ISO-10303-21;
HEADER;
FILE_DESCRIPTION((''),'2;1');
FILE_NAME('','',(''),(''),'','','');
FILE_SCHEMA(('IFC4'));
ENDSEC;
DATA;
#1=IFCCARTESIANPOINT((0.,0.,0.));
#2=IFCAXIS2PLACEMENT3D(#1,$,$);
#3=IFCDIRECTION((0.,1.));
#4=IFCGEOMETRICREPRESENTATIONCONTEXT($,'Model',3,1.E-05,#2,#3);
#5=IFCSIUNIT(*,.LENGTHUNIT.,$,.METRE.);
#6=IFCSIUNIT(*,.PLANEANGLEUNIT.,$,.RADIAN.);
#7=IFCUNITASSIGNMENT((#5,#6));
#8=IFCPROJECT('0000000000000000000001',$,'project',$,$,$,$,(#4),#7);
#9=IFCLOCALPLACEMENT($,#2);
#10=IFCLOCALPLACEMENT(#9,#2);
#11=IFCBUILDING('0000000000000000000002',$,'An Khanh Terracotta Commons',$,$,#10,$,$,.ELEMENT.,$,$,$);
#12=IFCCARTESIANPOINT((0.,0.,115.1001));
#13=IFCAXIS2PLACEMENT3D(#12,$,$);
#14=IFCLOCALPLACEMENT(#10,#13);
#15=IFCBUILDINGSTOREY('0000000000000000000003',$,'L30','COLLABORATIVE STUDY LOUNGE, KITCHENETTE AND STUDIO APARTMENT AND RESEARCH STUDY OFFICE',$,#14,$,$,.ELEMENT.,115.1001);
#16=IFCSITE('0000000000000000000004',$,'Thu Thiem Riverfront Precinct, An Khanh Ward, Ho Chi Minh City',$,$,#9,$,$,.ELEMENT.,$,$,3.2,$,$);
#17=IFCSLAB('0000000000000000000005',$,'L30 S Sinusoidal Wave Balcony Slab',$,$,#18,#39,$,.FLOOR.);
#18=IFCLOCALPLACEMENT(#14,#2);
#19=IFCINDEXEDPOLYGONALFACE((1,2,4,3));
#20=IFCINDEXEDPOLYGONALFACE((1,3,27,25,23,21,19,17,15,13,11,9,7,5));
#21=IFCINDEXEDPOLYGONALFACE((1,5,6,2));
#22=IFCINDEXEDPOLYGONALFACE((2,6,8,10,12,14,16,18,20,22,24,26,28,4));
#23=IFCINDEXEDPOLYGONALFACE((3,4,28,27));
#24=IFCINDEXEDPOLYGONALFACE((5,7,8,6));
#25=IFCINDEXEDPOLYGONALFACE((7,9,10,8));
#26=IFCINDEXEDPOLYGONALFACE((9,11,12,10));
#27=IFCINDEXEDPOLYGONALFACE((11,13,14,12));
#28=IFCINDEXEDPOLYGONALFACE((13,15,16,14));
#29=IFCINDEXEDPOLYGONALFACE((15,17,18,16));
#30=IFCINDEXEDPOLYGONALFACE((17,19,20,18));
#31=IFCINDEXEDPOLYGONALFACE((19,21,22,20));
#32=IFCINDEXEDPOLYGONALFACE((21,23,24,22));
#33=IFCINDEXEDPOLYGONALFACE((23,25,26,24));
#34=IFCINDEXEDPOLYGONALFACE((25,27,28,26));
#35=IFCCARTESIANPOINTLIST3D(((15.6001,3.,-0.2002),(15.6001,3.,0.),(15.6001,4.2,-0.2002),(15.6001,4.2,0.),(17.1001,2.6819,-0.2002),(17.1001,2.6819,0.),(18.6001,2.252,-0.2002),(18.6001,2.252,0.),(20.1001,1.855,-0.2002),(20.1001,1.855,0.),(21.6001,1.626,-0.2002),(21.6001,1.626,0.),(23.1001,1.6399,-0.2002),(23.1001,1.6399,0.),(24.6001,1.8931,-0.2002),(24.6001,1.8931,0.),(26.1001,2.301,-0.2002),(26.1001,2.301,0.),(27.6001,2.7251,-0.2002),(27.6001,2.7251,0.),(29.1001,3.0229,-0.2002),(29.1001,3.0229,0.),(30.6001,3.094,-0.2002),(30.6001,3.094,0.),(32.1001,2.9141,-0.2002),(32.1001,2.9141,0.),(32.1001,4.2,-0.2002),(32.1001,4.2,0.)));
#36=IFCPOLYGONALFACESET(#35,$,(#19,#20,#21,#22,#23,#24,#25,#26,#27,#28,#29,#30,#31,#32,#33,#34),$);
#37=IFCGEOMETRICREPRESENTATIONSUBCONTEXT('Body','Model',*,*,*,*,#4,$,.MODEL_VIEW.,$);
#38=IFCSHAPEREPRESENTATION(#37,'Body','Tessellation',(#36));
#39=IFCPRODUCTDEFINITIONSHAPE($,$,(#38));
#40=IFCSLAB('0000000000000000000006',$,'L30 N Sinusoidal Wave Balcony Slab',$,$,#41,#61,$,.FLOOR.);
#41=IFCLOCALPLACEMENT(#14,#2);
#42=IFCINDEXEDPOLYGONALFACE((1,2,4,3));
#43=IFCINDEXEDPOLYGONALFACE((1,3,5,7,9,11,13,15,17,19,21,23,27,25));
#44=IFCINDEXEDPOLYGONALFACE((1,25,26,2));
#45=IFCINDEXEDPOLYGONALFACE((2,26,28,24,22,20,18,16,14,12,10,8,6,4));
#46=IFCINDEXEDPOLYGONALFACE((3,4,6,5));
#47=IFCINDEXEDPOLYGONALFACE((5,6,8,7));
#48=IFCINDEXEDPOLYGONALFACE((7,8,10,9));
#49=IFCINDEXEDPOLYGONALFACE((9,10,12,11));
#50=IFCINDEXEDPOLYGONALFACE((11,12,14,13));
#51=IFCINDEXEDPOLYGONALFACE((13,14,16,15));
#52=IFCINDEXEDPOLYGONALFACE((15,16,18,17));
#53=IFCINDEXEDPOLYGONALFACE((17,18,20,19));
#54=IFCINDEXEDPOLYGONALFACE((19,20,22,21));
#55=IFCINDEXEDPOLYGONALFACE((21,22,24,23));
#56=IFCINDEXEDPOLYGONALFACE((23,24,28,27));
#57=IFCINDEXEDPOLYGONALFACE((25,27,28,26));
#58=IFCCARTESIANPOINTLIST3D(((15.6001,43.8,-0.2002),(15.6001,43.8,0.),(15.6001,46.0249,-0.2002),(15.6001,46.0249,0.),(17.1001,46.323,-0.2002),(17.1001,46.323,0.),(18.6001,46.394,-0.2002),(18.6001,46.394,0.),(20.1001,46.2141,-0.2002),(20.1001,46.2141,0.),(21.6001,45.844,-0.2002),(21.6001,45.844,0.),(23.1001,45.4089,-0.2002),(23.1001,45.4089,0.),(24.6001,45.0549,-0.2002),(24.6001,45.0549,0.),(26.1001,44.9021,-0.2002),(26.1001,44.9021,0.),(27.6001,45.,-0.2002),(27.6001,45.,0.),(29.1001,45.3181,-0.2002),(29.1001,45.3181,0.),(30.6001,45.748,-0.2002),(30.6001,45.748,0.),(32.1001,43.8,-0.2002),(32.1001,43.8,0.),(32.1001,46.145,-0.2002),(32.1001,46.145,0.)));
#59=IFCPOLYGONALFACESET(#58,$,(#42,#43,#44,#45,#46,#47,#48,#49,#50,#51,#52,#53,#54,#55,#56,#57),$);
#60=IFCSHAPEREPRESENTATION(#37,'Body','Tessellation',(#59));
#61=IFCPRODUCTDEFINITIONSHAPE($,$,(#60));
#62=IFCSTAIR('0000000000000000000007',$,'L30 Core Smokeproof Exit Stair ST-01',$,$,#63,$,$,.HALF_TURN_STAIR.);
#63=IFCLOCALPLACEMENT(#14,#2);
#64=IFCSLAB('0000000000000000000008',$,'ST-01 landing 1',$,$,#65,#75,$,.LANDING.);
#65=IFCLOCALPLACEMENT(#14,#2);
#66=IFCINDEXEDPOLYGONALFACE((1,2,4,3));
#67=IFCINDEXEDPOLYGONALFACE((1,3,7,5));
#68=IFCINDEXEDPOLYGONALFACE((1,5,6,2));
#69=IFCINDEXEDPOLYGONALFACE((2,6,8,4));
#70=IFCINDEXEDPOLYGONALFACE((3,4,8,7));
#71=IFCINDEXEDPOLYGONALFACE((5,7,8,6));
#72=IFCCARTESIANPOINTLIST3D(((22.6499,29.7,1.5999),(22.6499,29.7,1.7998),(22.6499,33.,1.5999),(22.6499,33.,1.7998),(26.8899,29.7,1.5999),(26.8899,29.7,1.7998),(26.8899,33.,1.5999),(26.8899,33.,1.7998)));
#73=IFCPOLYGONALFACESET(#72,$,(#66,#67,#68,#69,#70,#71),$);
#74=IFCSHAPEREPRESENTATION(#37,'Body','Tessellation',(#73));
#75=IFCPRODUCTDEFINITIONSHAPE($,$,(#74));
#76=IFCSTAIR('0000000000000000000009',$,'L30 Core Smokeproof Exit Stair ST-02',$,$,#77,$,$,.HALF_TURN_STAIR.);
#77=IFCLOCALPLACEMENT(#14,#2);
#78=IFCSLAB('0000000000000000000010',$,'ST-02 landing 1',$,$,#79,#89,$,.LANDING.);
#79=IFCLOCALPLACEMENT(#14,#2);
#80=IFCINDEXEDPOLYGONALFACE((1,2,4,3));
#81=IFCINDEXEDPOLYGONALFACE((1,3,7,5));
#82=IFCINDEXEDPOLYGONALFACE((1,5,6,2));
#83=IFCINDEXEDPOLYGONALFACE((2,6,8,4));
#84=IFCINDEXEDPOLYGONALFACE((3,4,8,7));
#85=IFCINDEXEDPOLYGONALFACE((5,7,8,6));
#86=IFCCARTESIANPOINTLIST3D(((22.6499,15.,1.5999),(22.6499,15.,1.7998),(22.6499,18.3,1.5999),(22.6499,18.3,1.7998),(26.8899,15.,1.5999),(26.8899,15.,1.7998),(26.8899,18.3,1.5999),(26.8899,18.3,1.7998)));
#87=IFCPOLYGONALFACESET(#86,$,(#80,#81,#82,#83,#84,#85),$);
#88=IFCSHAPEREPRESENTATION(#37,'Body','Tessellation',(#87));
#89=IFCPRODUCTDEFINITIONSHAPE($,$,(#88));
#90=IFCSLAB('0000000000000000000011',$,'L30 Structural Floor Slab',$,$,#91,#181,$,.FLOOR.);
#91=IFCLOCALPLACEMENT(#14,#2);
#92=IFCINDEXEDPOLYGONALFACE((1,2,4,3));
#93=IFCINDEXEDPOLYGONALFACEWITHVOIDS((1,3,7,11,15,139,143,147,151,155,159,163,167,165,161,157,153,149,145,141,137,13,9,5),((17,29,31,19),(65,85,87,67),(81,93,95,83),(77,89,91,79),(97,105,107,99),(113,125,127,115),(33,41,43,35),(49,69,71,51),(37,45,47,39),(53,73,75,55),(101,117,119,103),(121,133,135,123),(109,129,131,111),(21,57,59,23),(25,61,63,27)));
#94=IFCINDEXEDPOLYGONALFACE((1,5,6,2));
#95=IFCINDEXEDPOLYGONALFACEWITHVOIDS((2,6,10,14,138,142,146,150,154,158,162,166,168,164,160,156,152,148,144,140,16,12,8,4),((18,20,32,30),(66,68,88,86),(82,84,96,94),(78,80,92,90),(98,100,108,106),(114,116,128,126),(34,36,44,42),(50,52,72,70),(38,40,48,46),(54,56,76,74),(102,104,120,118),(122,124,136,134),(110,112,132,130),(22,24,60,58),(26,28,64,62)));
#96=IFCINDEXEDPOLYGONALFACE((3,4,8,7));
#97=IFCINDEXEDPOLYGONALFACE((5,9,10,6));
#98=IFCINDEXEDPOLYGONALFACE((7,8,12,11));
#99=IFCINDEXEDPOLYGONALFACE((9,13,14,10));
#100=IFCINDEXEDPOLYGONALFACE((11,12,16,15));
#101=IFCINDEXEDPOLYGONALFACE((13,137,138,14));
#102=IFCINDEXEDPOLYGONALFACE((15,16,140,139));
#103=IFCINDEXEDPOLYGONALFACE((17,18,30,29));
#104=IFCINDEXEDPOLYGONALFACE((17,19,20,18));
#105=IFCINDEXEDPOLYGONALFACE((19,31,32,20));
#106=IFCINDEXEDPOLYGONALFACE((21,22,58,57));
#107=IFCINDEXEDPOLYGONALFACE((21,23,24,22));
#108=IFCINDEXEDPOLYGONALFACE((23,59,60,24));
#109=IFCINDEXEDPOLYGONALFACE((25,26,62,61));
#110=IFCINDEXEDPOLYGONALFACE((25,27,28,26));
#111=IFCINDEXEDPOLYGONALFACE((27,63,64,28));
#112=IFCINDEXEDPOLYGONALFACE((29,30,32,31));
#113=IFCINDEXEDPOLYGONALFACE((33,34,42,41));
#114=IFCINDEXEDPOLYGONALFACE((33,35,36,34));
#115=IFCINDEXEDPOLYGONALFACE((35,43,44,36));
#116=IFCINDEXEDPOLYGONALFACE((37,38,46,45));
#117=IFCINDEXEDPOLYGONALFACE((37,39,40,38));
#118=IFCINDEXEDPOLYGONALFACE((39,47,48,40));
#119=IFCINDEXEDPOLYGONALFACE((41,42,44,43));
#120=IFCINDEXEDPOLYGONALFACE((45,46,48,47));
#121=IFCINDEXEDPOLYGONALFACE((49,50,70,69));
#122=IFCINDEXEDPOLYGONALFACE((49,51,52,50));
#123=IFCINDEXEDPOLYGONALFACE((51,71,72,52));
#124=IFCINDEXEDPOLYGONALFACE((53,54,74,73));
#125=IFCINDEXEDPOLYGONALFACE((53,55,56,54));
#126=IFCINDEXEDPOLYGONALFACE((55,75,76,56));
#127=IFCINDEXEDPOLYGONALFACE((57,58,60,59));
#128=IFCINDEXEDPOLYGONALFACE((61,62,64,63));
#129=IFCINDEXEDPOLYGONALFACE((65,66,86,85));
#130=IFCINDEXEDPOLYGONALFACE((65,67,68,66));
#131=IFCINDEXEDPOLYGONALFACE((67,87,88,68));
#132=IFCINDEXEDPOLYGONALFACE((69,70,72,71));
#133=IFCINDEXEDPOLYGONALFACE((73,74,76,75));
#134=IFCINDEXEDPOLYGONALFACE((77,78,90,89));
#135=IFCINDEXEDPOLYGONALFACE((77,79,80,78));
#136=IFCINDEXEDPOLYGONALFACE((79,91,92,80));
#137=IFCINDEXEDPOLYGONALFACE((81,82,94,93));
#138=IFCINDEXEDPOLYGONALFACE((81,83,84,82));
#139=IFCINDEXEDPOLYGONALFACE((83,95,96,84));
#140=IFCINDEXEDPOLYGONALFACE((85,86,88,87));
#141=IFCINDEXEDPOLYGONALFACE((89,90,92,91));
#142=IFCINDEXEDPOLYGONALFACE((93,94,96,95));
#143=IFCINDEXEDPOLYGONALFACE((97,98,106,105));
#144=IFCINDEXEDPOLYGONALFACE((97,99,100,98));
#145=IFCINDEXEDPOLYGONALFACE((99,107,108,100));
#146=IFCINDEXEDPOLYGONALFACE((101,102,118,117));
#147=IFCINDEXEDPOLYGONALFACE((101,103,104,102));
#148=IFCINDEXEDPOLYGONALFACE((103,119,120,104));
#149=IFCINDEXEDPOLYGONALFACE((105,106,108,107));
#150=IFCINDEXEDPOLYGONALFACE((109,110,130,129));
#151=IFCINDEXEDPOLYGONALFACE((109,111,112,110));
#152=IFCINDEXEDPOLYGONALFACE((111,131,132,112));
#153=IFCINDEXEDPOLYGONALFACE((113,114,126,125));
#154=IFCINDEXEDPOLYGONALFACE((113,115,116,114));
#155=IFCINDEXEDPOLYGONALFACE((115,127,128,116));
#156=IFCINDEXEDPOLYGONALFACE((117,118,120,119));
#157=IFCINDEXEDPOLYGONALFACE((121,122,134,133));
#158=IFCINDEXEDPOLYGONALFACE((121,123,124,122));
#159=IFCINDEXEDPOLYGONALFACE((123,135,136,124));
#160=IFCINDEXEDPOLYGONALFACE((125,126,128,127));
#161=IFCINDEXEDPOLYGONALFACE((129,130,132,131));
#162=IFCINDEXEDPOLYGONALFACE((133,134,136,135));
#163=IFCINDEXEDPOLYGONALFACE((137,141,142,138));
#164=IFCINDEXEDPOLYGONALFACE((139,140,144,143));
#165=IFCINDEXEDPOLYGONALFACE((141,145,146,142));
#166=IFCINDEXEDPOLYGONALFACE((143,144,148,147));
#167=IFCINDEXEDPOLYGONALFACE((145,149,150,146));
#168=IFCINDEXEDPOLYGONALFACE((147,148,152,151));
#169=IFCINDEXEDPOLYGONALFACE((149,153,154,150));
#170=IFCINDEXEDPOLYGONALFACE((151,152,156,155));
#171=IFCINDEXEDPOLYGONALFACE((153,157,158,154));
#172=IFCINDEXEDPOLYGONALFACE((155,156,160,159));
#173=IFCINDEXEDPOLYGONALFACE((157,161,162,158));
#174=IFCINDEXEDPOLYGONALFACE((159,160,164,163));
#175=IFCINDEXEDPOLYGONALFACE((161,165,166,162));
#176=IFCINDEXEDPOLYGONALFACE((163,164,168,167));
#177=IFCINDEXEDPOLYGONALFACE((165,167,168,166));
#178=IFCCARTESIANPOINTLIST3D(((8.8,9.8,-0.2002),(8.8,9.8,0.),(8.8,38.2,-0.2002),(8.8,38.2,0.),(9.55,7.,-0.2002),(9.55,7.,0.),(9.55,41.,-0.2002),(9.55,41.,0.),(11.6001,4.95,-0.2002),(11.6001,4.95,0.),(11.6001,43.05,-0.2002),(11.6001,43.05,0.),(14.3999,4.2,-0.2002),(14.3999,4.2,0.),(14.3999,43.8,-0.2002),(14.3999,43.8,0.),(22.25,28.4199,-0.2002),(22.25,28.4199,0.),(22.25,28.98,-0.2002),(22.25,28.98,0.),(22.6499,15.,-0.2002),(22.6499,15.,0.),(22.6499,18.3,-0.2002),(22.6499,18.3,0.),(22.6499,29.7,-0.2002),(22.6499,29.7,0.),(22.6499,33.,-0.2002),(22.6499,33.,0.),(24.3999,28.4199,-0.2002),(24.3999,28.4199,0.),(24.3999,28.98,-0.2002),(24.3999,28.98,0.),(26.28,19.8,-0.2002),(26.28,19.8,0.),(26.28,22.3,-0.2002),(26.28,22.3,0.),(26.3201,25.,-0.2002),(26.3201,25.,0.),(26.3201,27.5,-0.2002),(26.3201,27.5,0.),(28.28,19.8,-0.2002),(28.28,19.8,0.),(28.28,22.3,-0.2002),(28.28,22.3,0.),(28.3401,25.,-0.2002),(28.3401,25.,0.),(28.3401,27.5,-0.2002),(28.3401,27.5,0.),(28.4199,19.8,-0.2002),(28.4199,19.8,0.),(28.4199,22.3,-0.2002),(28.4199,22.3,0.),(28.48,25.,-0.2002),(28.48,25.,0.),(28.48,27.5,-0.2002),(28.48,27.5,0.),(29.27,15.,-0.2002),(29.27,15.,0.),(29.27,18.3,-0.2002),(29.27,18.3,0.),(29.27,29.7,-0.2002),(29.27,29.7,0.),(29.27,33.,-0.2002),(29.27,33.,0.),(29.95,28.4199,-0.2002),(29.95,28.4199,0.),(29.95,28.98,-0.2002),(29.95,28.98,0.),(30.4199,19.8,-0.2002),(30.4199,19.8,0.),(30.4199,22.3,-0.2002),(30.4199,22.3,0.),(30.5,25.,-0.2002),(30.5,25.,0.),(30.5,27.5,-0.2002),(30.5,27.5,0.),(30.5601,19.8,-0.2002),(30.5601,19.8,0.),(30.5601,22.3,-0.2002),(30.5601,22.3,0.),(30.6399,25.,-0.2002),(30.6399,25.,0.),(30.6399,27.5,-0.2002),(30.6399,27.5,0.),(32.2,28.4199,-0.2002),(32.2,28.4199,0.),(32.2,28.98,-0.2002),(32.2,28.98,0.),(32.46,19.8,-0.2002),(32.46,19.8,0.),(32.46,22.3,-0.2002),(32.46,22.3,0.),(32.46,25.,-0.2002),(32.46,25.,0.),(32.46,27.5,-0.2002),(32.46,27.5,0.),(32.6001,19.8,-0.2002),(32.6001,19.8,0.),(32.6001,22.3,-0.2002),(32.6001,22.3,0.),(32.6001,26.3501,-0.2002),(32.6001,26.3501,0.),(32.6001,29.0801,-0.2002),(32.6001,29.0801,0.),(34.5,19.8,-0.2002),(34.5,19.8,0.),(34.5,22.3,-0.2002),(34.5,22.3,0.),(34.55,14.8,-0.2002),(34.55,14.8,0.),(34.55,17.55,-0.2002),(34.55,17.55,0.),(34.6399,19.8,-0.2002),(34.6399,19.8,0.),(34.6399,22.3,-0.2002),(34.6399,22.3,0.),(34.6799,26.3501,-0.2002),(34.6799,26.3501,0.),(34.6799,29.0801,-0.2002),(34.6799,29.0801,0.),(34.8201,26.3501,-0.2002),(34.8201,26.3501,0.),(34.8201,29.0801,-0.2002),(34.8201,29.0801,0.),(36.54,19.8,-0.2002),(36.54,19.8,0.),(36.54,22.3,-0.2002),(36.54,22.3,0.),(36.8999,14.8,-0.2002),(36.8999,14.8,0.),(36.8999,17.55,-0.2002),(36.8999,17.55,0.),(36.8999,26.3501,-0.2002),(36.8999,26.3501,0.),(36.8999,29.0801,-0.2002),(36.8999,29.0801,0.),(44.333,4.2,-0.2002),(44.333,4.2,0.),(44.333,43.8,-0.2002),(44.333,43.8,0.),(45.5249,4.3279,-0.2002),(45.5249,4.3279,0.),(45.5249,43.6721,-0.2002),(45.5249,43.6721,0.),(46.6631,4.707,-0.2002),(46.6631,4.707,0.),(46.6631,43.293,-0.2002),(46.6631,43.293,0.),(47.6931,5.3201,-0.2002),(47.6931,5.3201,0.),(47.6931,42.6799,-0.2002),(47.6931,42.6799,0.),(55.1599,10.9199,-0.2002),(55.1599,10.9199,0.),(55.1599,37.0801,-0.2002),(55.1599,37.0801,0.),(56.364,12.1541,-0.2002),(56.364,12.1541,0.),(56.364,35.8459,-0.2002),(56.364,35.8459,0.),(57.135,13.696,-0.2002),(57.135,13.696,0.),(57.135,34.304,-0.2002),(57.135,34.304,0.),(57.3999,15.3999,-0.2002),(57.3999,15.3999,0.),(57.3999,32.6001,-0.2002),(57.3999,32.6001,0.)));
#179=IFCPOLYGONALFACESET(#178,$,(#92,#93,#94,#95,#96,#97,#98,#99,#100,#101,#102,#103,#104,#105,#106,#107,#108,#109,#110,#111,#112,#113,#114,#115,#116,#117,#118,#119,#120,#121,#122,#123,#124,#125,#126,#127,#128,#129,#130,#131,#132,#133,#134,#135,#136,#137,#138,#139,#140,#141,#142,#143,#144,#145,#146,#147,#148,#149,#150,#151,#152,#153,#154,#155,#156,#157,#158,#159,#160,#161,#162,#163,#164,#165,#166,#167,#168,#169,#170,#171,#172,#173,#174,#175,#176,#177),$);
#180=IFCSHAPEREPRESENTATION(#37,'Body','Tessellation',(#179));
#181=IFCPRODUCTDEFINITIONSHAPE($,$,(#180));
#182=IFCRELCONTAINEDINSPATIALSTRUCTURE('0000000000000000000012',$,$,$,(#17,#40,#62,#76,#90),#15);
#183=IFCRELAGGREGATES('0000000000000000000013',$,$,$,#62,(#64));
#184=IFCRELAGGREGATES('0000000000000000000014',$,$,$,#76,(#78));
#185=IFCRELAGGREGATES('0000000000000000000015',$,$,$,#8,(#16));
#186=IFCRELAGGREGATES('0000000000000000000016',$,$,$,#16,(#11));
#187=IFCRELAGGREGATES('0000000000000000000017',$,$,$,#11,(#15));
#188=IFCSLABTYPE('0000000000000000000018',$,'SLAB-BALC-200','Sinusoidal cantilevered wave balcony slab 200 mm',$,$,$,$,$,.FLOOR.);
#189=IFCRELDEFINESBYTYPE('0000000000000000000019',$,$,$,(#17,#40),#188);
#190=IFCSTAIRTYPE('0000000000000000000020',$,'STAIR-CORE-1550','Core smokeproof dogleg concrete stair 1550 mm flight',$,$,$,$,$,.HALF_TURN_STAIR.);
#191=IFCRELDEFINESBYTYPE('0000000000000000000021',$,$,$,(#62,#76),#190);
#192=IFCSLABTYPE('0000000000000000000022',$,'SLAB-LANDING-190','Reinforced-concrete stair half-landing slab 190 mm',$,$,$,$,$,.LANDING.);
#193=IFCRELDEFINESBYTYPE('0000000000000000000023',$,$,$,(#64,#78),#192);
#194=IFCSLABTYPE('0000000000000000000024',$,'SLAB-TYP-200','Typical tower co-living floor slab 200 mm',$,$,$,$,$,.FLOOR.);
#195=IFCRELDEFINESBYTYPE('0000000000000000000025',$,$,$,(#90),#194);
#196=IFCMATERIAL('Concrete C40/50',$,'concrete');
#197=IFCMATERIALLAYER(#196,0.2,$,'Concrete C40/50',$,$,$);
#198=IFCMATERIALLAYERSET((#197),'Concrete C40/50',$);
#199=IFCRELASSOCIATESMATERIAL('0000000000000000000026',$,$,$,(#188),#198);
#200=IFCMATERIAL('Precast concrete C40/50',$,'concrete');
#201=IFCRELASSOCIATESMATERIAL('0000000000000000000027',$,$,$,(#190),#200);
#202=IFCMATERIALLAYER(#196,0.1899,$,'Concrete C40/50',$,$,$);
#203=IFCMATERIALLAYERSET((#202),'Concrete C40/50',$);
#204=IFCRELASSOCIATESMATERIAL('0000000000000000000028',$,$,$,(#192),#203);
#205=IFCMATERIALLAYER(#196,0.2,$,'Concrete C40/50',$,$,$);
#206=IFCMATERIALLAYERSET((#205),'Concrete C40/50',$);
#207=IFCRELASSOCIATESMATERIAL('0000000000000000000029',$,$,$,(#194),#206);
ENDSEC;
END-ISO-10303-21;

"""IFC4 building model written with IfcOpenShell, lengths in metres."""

from ifc_helpers import new_model, si_unit, direction, frame, origin, place, context, subcontext, project, spatial, polyline, outline, extrude, material, layer, layer_set, type_object, element, aggregate, save


model = new_model("IFC4")

# Units and contexts
model_context = context("Model", 3, precision=1e-05, world=origin(), true_north=direction((0.0, 1.0)))
body_context = subcontext(model_context, "Body", "Model", "MODEL_VIEW")
ifc_project = project(units=[si_unit("LENGTHUNIT", "METRE"), si_unit("PLANEANGLEUNIT", "RADIAN")], contexts=[model_context])

# Site, building, storey
site_placement = place(None, origin())
site = spatial("IfcSite", under=ifc_project, at=site_placement, Name="Thu Thiem Riverfront Precinct, An Khanh Ward, Ho Chi Minh City", CompositionType="ELEMENT", RefElevation=3.2)
building_placement = place(site_placement, origin())
building = spatial("IfcBuilding", under=site, at=building_placement, Name="An Khanh Terracotta Commons", CompositionType="ELEMENT")
storey_placement = place(building_placement, frame((0.0, 0.0, 115.1001)))
storey = spatial("IfcBuildingStorey", under=building, at=storey_placement, Name="L30", Description="COLLABORATIVE STUDY LOUNGE, KITCHENETTE AND STUDIO APARTMENT AND RESEARCH STUDY OFFICE", CompositionType="ELEMENT", Elevation=115.1001)

# Slabs
ifc_material_1 = material(Name="Concrete C40/50", Category="concrete")
ifc_layer_1 = layer(ifc_material_1, 0.2, Name="Concrete C40/50")
ifc_layer_set_1 = layer_set([ifc_layer_1], Name="Concrete C40/50")
slab_type_1 = type_object("IfcSlabType", Name="SLAB-BALC-200", Description="Sinusoidal cantilevered wave balcony slab 200 mm", PredefinedType="FLOOR", material=ifc_layer_set_1)
slab_1_placement = place(storey_placement, frame((0.0, 0.0, -0.2002)))
element("IfcSlab", 1, at=slab_1_placement, inside=storey, type_object=slab_type_1, Name="L30 S Sinusoidal Wave Balcony Slab", PredefinedType="FLOOR", context=body_context, shape_type="SweptSolid", body=[
    extrude(outline(polyline([(15.6001, 4.2), (15.6001, 3.0), (17.1001, 2.6819), (18.6001, 2.252), (20.1001, 1.855), (21.6001, 1.626), (23.1001, 1.6399), (24.6001, 1.8931), (26.1001, 2.301), (27.6001, 2.7251), (29.1001, 3.0229), (30.6001, 3.094), (32.1001, 2.9141), (32.1001, 4.2), (15.6001, 4.2)])), origin(), (0.0, 0.0, 1.0), 0.2002),
])
slab_2_placement = place(storey_placement, frame((0.0, 0.0, -0.2002)))
element("IfcSlab", 2, at=slab_2_placement, inside=storey, type_object=slab_type_1, Name="L30 N Sinusoidal Wave Balcony Slab", PredefinedType="FLOOR", context=body_context, shape_type="SweptSolid", body=[
    extrude(outline(polyline([(32.1001, 43.8), (32.1001, 46.145), (30.6001, 45.748), (29.1001, 45.3181), (27.6001, 45.0), (26.1001, 44.9021), (24.6001, 45.0549), (23.1001, 45.4089), (21.6001, 45.844), (20.1001, 46.2141), (18.6001, 46.394), (17.1001, 46.323), (15.6001, 46.0249), (15.6001, 43.8), (32.1001, 43.8)])), origin(), (0.0, 0.0, 1.0), 0.2002),
])

# Stairs, slabs
ifc_material_2 = material(Name="Precast concrete C40/50", Category="concrete")
stair_type = type_object("IfcStairType", Name="STAIR-CORE-1550", Description="Core smokeproof dogleg concrete stair 1550 mm flight", PredefinedType="HALF_TURN_STAIR", material=ifc_material_2)
stair_1_placement = place(storey_placement, origin())
stair_1 = element("IfcStair", 3, at=stair_1_placement, inside=storey, type_object=stair_type, Name="L30 Core Smokeproof Exit Stair ST-01", PredefinedType="HALF_TURN_STAIR")
ifc_layer_2 = layer(ifc_material_1, 0.1899, Name="Concrete C40/50")
ifc_layer_set_2 = layer_set([ifc_layer_2], Name="Concrete C40/50")
slab_type_2 = type_object("IfcSlabType", Name="SLAB-LANDING-190", Description="Reinforced-concrete stair half-landing slab 190 mm", PredefinedType="LANDING", material=ifc_layer_set_2)
slab_3_placement = place(storey_placement, frame((0.0, 0.0, 1.5999)))
slab_3 = element("IfcSlab", 4, at=slab_3_placement, type_object=slab_type_2, Name="ST-01 landing 1", PredefinedType="LANDING", context=body_context, shape_type="SweptSolid", body=[
    extrude(outline(polyline([(26.8899, 33.0), (22.6499, 33.0), (22.6499, 29.7), (26.8899, 29.7), (26.8899, 33.0)])), origin(), (0.0, 0.0, 1.0), 0.2),
])
aggregate(stair_1, [slab_3])
stair_2_placement = place(storey_placement, origin())
stair_2 = element("IfcStair", 5, at=stair_2_placement, inside=storey, type_object=stair_type, Name="L30 Core Smokeproof Exit Stair ST-02", PredefinedType="HALF_TURN_STAIR")
slab_4_placement = place(storey_placement, frame((0.0, 0.0, 1.5999)))
slab_4 = element("IfcSlab", 6, at=slab_4_placement, type_object=slab_type_2, Name="ST-02 landing 1", PredefinedType="LANDING", context=body_context, shape_type="SweptSolid", body=[
    extrude(outline(polyline([(26.8899, 18.3), (22.6499, 18.3), (22.6499, 15.0), (26.8899, 15.0), (26.8899, 18.3)])), origin(), (0.0, 0.0, 1.0), 0.2),
])
aggregate(stair_2, [slab_4])

# Slab
ifc_layer_3 = layer(ifc_material_1, 0.2, Name="Concrete C40/50")
ifc_layer_set_3 = layer_set([ifc_layer_3], Name="Concrete C40/50")
slab_type_3 = type_object("IfcSlabType", Name="SLAB-TYP-200", Description="Typical tower co-living floor slab 200 mm", PredefinedType="FLOOR", material=ifc_layer_set_3)
slab_5_placement = place(storey_placement, frame((0.0, 0.0, -0.2002)))
element("IfcSlab", 7, at=slab_5_placement, inside=storey, type_object=slab_type_3, Name="L30 Structural Floor Slab", PredefinedType="FLOOR", context=body_context, shape_type="SweptSolid", body=[
    extrude(outline(polyline([(8.8, 9.8), (9.55, 7.0), (11.6001, 4.95), (14.3999, 4.2), (44.333, 4.2), (45.5249, 4.3279), (46.6631, 4.707), (47.6931, 5.3201), (55.1599, 10.9199), (56.364, 12.1541), (57.135, 13.696), (57.3999, 15.3999), (57.3999, 32.6001), (57.135, 34.304), (56.364, 35.8459), (55.1599, 37.0801), (47.6931, 42.6799), (46.6631, 43.293), (45.5249, 43.6721), (44.333, 43.8), (14.3999, 43.8), (11.6001, 43.05), (9.55, 41.0), (8.8, 38.2), (8.8, 9.8)]), holes=[polyline([(22.6499, 29.7), (29.27, 29.7), (29.27, 33.0), (22.6499, 33.0), (22.6499, 29.7)]), polyline([(22.6499, 15.0), (29.27, 15.0), (29.27, 18.3), (22.6499, 18.3), (22.6499, 15.0)]), polyline([(32.6001, 26.3501), (34.6799, 26.3501), (34.6799, 29.0801), (32.6001, 29.0801), (32.6001, 26.3501)]), polyline([(34.8201, 26.3501), (36.8999, 26.3501), (36.8999, 29.0801), (34.8201, 29.0801), (34.8201, 26.3501)]), polyline([(34.55, 14.8), (36.8999, 14.8), (36.8999, 17.55), (34.55, 17.55), (34.55, 14.8)]), polyline([(26.3201, 25.0), (28.3401, 25.0), (28.3401, 27.5), (26.3201, 27.5), (26.3201, 25.0)]), polyline([(28.48, 25.0), (30.5, 25.0), (30.5, 27.5), (28.48, 27.5), (28.48, 25.0)]), polyline([(26.28, 19.8), (28.28, 19.8), (28.28, 22.3), (26.28, 22.3), (26.28, 19.8)]), polyline([(28.4199, 19.8), (30.4199, 19.8), (30.4199, 22.3), (28.4199, 22.3), (28.4199, 19.8)]), polyline([(30.6399, 25.0), (32.46, 25.0), (32.46, 27.5), (30.6399, 27.5), (30.6399, 25.0)]), polyline([(30.5601, 19.8), (32.46, 19.8), (32.46, 22.3), (30.5601, 22.3), (30.5601, 19.8)]), polyline([(32.6001, 19.8), (34.5, 19.8), (34.5, 22.3), (32.6001, 22.3), (32.6001, 19.8)]), polyline([(34.6399, 19.8), (36.54, 19.8), (36.54, 22.3), (34.6399, 22.3), (34.6399, 19.8)]), polyline([(22.25, 28.4199), (24.3999, 28.4199), (24.3999, 28.98), (22.25, 28.98), (22.25, 28.4199)]), polyline([(29.95, 28.4199), (32.2, 28.4199), (32.2, 28.98), (29.95, 28.98), (29.95, 28.4199)])]), origin(), (0.0, 0.0, 1.0), 0.2002),
])

save(model, "model.ifc")
